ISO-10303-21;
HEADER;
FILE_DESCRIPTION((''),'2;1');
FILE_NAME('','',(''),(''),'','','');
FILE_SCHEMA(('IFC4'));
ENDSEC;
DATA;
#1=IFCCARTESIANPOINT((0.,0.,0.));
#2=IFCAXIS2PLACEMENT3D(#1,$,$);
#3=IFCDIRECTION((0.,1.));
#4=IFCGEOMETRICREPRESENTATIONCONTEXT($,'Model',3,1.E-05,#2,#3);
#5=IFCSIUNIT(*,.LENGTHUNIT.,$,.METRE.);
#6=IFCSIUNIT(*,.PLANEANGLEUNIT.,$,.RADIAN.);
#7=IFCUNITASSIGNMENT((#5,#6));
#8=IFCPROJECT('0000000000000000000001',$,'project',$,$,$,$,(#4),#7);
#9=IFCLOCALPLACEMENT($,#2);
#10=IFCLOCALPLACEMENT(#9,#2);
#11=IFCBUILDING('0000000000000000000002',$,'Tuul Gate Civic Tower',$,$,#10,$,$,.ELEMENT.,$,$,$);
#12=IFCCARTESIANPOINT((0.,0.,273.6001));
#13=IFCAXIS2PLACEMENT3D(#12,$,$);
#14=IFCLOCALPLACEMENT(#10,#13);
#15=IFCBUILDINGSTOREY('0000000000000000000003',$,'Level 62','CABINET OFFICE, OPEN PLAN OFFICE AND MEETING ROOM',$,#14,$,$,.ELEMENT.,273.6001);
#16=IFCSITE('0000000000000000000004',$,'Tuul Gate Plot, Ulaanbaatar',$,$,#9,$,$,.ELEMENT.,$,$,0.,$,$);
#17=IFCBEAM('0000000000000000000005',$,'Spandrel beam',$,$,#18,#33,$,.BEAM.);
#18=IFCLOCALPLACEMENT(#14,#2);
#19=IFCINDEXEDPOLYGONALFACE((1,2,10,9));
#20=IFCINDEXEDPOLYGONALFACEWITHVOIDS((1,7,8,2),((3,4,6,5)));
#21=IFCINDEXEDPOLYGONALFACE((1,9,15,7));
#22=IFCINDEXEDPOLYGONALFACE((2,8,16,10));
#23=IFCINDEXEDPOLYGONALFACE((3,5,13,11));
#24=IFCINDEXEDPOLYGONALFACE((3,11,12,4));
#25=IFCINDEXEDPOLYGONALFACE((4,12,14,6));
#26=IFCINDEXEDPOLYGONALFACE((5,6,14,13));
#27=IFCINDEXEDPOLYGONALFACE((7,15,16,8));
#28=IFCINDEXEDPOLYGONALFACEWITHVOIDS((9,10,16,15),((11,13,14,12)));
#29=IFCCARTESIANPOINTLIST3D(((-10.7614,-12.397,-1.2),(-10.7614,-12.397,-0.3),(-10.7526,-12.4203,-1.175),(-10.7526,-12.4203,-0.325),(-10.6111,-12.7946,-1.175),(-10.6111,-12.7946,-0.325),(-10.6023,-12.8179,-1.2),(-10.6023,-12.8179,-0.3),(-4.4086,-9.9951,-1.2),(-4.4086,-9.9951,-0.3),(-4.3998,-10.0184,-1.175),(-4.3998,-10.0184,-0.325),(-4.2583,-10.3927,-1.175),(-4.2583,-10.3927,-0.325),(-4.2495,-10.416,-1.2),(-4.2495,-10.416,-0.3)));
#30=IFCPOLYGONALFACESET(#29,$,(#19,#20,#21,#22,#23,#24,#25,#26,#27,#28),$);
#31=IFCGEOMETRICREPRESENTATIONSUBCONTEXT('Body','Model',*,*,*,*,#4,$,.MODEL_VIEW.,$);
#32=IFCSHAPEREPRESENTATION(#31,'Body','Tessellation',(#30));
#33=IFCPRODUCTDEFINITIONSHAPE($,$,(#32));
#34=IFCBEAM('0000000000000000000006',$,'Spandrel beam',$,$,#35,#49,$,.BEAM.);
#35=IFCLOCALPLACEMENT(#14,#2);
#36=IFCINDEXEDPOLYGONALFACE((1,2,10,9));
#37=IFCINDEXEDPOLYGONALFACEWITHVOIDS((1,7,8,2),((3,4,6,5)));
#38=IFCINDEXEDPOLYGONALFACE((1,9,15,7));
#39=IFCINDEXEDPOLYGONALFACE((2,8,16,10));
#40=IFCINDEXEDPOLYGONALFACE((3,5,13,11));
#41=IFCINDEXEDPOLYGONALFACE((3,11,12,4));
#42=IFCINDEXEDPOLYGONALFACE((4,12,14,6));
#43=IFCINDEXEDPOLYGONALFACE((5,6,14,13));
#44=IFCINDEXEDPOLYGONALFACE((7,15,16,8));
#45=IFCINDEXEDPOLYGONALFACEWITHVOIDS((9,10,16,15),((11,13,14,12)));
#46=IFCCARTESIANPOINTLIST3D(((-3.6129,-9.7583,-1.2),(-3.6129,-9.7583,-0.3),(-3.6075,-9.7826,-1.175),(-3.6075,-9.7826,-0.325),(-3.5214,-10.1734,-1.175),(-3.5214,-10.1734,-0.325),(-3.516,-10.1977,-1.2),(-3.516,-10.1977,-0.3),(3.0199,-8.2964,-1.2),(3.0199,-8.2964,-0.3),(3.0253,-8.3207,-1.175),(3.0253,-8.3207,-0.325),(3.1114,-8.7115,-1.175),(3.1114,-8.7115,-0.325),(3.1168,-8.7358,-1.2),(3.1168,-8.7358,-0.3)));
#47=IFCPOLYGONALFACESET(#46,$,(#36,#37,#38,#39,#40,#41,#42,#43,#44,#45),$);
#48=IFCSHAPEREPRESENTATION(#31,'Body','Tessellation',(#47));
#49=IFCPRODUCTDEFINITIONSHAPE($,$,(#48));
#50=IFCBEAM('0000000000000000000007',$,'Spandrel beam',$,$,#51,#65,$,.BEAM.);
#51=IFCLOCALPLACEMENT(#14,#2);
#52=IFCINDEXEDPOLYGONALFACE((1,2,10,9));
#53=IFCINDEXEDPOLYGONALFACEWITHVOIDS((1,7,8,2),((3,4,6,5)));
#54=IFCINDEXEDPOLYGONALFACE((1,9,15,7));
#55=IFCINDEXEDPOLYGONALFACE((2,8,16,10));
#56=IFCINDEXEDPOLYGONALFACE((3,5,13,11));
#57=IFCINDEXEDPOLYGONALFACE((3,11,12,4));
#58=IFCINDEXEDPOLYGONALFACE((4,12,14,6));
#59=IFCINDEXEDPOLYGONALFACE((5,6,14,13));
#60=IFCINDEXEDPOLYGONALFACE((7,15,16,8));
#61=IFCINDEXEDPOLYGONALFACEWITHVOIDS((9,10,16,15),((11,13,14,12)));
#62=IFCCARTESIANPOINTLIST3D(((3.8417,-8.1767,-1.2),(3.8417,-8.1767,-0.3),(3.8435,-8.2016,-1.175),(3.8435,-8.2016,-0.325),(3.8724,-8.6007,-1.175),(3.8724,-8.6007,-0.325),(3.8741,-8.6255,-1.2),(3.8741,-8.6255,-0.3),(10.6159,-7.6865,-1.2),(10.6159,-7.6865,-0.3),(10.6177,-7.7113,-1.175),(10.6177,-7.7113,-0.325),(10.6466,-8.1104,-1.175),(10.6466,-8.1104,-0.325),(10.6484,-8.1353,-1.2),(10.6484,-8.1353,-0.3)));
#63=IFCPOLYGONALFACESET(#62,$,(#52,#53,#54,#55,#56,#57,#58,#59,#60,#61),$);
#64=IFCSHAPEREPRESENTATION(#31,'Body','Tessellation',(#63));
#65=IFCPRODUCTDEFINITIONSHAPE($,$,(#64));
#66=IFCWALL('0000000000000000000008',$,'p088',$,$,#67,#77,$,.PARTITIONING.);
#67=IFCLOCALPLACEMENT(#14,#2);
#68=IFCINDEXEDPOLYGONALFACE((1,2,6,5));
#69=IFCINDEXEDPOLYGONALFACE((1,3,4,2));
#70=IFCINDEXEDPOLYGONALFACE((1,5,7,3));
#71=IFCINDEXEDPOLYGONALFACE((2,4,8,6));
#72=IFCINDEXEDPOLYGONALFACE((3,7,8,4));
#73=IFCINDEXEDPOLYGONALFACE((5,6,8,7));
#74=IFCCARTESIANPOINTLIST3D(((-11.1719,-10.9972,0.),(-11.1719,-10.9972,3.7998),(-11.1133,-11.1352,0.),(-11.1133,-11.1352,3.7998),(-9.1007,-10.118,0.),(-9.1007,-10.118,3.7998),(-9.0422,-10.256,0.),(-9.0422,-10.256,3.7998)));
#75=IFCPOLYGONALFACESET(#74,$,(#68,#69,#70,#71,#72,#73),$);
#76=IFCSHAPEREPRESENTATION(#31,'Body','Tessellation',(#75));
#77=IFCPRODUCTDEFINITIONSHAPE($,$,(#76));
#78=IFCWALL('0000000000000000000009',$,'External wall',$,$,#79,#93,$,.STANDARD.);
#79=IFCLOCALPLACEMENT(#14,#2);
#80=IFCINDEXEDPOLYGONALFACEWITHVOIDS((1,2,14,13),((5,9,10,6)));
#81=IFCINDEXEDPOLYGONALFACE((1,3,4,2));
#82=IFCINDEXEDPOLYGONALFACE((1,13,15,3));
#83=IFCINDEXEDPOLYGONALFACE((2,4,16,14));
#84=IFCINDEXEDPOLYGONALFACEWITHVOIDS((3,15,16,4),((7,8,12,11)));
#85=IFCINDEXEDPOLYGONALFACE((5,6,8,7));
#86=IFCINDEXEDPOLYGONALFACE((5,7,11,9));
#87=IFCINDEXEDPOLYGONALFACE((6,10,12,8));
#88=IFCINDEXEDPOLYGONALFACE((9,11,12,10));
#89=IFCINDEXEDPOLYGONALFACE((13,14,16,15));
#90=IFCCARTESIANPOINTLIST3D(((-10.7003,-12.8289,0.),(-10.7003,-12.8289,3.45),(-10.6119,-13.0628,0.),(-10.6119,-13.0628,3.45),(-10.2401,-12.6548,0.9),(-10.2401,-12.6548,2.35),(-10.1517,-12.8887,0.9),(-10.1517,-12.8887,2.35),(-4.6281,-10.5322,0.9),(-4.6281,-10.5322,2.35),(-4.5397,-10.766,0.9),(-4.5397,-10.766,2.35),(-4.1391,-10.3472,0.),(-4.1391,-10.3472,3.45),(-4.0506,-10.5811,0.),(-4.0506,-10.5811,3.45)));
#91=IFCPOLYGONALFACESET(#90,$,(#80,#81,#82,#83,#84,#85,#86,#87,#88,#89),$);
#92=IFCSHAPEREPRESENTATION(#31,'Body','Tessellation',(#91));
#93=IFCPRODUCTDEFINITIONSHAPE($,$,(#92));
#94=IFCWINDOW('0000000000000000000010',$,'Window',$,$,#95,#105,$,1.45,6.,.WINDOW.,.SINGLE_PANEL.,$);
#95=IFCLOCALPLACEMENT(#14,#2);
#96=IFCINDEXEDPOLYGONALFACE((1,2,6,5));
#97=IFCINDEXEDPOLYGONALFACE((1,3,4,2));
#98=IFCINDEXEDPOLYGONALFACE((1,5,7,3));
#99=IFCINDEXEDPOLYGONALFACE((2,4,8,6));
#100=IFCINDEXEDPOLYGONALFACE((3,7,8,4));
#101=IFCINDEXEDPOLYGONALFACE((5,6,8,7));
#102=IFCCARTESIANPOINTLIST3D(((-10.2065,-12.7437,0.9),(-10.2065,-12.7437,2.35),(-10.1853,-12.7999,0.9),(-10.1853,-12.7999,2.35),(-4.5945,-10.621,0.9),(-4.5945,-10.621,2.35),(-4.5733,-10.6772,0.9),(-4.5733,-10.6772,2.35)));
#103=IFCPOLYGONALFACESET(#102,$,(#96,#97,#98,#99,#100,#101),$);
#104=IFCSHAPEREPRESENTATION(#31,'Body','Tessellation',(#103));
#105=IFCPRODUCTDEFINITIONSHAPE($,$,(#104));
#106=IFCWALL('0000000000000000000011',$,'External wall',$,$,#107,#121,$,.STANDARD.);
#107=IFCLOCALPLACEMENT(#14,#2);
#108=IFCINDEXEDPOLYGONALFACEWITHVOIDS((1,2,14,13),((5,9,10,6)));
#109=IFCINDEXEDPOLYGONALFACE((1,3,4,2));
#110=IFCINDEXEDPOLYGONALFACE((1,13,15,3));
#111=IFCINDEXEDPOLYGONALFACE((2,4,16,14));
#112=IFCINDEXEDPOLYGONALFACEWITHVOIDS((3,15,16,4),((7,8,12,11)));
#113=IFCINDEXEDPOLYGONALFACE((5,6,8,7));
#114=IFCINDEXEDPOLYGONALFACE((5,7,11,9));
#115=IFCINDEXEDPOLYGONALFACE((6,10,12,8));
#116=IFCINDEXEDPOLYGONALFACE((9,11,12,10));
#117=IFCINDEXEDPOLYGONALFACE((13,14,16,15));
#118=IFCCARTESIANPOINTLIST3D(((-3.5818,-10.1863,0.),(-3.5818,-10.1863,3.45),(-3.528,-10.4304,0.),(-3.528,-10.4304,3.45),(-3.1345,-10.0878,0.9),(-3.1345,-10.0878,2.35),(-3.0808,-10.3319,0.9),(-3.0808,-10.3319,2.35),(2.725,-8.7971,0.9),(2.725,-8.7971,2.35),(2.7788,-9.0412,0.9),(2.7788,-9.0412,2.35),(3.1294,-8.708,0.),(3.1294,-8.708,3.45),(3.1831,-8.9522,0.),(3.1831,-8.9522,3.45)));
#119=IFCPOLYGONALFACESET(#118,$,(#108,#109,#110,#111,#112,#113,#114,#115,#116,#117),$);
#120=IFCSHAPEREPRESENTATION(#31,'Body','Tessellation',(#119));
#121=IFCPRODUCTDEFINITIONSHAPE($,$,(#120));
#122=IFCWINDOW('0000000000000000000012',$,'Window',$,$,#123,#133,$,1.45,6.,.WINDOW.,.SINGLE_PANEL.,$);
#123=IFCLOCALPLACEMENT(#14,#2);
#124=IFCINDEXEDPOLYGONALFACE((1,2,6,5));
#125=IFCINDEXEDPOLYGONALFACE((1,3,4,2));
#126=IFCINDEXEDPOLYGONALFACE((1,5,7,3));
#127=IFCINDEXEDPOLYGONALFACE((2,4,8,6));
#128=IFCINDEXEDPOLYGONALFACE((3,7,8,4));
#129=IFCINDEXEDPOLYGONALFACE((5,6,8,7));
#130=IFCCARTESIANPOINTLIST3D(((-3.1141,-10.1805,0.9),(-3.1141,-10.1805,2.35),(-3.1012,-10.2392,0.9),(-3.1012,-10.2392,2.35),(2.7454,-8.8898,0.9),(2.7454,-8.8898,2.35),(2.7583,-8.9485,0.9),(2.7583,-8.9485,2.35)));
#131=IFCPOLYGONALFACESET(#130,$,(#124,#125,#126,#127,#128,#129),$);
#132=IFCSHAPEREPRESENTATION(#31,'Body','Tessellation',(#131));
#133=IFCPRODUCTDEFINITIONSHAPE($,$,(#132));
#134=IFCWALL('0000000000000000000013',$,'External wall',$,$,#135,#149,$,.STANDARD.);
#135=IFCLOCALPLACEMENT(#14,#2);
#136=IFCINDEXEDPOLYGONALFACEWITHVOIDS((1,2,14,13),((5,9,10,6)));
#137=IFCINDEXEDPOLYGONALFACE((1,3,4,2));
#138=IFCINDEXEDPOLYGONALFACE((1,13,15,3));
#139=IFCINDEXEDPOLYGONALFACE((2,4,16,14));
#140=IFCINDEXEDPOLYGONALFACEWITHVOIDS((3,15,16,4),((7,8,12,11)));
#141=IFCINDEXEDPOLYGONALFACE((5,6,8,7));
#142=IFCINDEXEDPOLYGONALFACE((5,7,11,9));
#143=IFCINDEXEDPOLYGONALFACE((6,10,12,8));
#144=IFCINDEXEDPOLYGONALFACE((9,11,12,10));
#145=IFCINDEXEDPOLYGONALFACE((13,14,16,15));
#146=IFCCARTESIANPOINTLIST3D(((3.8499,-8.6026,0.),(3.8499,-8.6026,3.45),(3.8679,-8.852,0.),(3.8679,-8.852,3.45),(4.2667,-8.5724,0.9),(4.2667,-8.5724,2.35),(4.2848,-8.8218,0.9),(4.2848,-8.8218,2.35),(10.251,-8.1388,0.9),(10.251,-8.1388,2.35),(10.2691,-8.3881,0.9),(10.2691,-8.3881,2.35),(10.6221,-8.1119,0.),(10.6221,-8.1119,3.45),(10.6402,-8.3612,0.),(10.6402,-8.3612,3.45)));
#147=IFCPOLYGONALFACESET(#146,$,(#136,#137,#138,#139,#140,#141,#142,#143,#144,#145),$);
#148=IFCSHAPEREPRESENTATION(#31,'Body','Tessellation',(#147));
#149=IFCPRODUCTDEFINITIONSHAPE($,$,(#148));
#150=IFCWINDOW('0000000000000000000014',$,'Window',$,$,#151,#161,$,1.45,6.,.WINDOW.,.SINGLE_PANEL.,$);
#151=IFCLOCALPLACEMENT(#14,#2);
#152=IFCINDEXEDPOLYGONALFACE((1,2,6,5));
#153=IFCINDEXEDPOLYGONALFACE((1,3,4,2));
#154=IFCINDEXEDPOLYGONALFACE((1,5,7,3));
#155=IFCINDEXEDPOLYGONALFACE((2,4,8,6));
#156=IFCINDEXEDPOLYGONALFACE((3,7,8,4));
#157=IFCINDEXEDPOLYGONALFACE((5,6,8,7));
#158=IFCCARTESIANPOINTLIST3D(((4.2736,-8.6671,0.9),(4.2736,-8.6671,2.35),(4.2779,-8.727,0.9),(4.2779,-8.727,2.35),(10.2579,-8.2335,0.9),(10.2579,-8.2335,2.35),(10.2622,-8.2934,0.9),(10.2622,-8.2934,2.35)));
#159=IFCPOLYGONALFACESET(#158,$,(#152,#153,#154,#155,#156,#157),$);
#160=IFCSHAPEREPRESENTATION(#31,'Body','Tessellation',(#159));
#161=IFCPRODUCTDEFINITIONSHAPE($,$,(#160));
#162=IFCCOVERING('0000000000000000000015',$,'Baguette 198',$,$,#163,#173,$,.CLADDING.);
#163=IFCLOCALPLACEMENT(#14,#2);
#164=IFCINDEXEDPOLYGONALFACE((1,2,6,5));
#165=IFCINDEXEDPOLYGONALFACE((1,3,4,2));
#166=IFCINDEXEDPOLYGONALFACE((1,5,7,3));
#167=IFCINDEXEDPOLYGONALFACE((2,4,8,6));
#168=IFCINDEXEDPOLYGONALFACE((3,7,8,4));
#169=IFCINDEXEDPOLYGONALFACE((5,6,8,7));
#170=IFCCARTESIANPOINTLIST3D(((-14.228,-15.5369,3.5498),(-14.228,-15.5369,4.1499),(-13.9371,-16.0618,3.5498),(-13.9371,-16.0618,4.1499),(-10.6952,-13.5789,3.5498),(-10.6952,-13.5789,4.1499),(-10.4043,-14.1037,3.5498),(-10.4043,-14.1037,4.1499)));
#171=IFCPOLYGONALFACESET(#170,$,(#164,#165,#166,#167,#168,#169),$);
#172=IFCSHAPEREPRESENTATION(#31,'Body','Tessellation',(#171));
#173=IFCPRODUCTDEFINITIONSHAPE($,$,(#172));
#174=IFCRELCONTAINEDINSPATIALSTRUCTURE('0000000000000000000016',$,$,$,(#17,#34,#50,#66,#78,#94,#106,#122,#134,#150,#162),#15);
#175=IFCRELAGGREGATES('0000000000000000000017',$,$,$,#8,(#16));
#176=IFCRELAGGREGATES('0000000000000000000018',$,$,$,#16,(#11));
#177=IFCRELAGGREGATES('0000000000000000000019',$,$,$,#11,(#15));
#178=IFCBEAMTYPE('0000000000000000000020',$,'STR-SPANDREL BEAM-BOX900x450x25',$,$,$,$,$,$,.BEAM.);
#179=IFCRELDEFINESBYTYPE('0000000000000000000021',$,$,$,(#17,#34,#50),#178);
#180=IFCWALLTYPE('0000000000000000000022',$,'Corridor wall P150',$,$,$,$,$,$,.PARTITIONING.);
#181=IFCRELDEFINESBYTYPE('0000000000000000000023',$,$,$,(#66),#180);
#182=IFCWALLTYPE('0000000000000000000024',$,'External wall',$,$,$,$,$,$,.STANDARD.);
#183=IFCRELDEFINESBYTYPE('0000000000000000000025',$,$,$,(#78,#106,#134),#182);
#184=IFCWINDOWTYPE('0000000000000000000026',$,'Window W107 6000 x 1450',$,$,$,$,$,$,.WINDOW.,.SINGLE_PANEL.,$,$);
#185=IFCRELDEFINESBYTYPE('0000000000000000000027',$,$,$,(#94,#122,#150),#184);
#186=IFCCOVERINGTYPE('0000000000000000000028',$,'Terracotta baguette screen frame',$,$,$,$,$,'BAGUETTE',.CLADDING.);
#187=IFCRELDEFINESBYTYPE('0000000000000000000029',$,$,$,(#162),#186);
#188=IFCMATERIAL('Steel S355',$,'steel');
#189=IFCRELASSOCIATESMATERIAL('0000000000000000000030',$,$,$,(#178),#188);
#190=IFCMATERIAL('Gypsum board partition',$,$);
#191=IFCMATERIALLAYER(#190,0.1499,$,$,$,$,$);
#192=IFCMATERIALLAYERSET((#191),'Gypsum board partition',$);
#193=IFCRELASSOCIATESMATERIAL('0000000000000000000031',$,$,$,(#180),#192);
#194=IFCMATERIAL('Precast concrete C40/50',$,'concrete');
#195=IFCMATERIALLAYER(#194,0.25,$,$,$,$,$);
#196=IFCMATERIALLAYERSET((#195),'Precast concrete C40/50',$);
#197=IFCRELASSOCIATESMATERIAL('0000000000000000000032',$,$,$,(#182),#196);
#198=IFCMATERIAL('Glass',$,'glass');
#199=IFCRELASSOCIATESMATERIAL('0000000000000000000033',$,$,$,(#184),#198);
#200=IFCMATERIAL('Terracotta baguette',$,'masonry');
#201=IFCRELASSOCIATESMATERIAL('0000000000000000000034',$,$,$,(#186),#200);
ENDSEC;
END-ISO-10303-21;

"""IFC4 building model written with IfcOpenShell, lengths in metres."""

from ifc_helpers import new_model, si_unit, direction, frame, frame_2d, origin, origin_2d, place, context, subcontext, project, spatial, rectangle, hollow_rectangle, extrude, material, layer, layer_set, material_profile, profile_set, type_object, element, fill, save


model = new_model("IFC4")

# Units and contexts
model_context = context("Model", 3, precision=1e-05, world=origin(), true_north=direction((0.0, 1.0)))
body_context = subcontext(model_context, "Body", "Model", "MODEL_VIEW")
ifc_project = project(units=[si_unit("LENGTHUNIT", "METRE"), si_unit("PLANEANGLEUNIT", "RADIAN")], contexts=[model_context])

# Site, building, storey
site_placement = place(None, origin())
site = spatial("IfcSite", under=ifc_project, at=site_placement, Name="Tuul Gate Plot, Ulaanbaatar", CompositionType="ELEMENT", RefElevation=0.0)
building_placement = place(site_placement, origin())
building = spatial("IfcBuilding", under=site, at=building_placement, Name="Tuul Gate Civic Tower", CompositionType="ELEMENT")
storey_placement = place(building_placement, frame((0.0, 0.0, 273.6001)))
storey = spatial("IfcBuildingStorey", under=building, at=storey_placement, Name="Level 62", Description="CABINET OFFICE, OPEN PLAN OFFICE AND MEETING ROOM", CompositionType="ELEMENT", Elevation=273.6001)

# Beams
ifc_material_1 = material(Name="Steel S355", Category="steel")
ifc_material_profile_1 = material_profile(ifc_material_1, hollow_rectangle(XDim=0.45, YDim=0.8999, WallThickness=0.0249, at=origin_2d()), Name="BOX900x450x25")
ifc_profile_set_1 = profile_set([ifc_material_profile_1], Name="Steel S355")
beam_type_1 = type_object("IfcBeamType", Name="STR-SPANDREL BEAM-BOX900x450x25", PredefinedType="BEAM", material=ifc_profile_set_1)
beam_1_placement = place(storey_placement, frame((-10.6819, -12.6074, -0.75), z_axis=(0.935379, 0.353647, 0.0), x_axis=(-0.353647, 0.935379, 0.0)))
element("IfcBeam", 1, at=beam_1_placement, inside=storey, type_object=beam_type_1, Name="Spandrel beam", PredefinedType="BEAM", context=body_context, shape_type="SweptSolid", body=[
    extrude(hollow_rectangle(XDim=0.45, YDim=0.8999, WallThickness=0.0249, at=origin_2d()), origin(), (0.0, 0.0, 1.0), 6.7917),
])
for number, where, z_axis, x_axis, name in (
    (2, (-3.5645, -9.978, -0.75), (0.976561, 0.21524, 0.0), (-0.21524, 0.976561, 0.0), "Spandrel beam"),
    (3, (3.8579, -8.4011, -0.75), (0.997392, 0.072179, 0.0), (-0.072179, 0.997392, 0.0), "Spandrel beam"),
):
    element("IfcBeam", number, at=place(storey_placement, frame(where, z_axis=z_axis, x_axis=x_axis)), inside=storey, type_object=beam_type_1, Name=name, PredefinedType="BEAM", context=body_context, shape_type="SweptSolid", body=[
        extrude(hollow_rectangle(XDim=0.45, YDim=0.8999, WallThickness=0.0249, at=origin_2d()), origin(), (0.0, 0.0, 1.0), 6.792),
    ])

# Wall
ifc_material_2 = material(Name="Gypsum board partition")
ifc_layer_1 = layer(ifc_material_2, 0.1499)
ifc_layer_set_1 = layer_set([ifc_layer_1], Name="Gypsum board partition")
wall_type_1 = type_object("IfcWallType", Name="Corridor wall P150", PredefinedType="PARTITIONING", material=ifc_layer_set_1)
wall_1_placement = place(storey_placement, frame((-11.1426, -11.0662, 0.0), z_axis=(0.0, 0.0, 1.0), x_axis=(0.920498, 0.390748, 0.0)))
element("IfcWall", 4, at=wall_1_placement, inside=storey, type_object=wall_type_1, Name="p088", PredefinedType="PARTITIONING", context=body_context, shape_type="SweptSolid", body=[
    extrude(rectangle(XDim=2.25, YDim=0.1499, at=frame_2d((1.125, 0.0))), origin(), (0.0, 0.0, 1.0), 3.7998),
])

# Walls, openings, windows
ifc_material_3 = material(Name="Precast concrete C40/50", Category="concrete")
ifc_layer_2 = layer(ifc_material_3, 0.25)
ifc_layer_set_2 = layer_set([ifc_layer_2], Name="Precast concrete C40/50")
wall_type_2 = type_object("IfcWallType", Name="External wall", PredefinedType="STANDARD", material=ifc_layer_set_2)
wall_2_placement = place(storey_placement, frame((-10.656, -12.9458, 0.0), z_axis=(0.0, 0.0, 1.0), x_axis=(0.935331, 0.353773, 0.0)))
wall_2 = element("IfcWall", 5, at=wall_2_placement, inside=storey, type_object=wall_type_2, Name="External wall", PredefinedType="STANDARD", context=body_context, shape_type="SweptSolid", body=[
    extrude(rectangle(XDim=7.0149, YDim=0.25, at=frame_2d((3.5073, 0.0))), origin(), (0.0, 0.0, 1.0), 3.45),
])
opening_1_placement = place(wall_2_placement, frame((0.4919, 0.0, 0.8999)))
opening_1 = element("IfcOpeningElement", 6, at=opening_1_placement, cuts=wall_2, PredefinedType="OPENING", context=body_context, shape_type="SweptSolid", body=[
    extrude(rectangle(XDim=6.0, YDim=1.45, at=frame_2d((3.0, 0.7251))), frame((0.0, 0.135, 0.0), z_axis=(0.0, -1.0, 0.0), x_axis=(1.0, 0.0, 0.0)), (0.0, 0.0, 1.0), 0.27),
])
ifc_material_4 = material(Name="Glass", Category="glass")
window_type = type_object("IfcWindowType", Name="Window W107 6000 x 1450", PartitioningType="SINGLE_PANEL", PredefinedType="WINDOW", material=ifc_material_4)
window_1_placement = place(opening_1_placement, origin())
window_1 = element("IfcWindow", 7, at=window_1_placement, inside=storey, type_object=window_type, Name="Window", OverallHeight=1.45, OverallWidth=6.0, PartitioningType="SINGLE_PANEL", PredefinedType="WINDOW", context=body_context, shape_type="SweptSolid", body=[
    extrude(rectangle(XDim=6.0, YDim=1.45, at=frame_2d((3.0, 0.7251))), frame((0.0, 0.03, 0.0), z_axis=(0.0, -1.0, 0.0), x_axis=(1.0, 0.0, 0.0)), (0.0, 0.0, 1.0), 0.0601),
])
fill(opening_1, window_1)
wall_3_placement = place(storey_placement, frame((-3.5549, -10.3083, 0.0), z_axis=(0.0, 0.0, 1.0), x_axis=(0.976589, 0.215113, 0.0)))
wall_3 = element("IfcWall", 8, at=wall_3_placement, inside=storey, type_object=wall_type_2, Name="External wall", PredefinedType="STANDARD", context=body_context, shape_type="SweptSolid", body=[
    extrude(rectangle(XDim=6.8721, YDim=0.25, at=frame_2d((3.436, 0.0))), origin(), (0.0, 0.0, 1.0), 3.45),
])
opening_2_placement = place(wall_3_placement, frame((0.458, 0.0, 0.8999)))
opening_2 = element("IfcOpeningElement", 9, at=opening_2_placement, cuts=wall_3, PredefinedType="OPENING", context=body_context, shape_type="SweptSolid", body=[
    extrude(rectangle(XDim=6.0, YDim=1.45, at=frame_2d((3.0, 0.7251))), frame((0.0, 0.135, 0.0), z_axis=(0.0, -1.0, 0.0), x_axis=(1.0, 0.0, 0.0)), (0.0, 0.0, 1.0), 0.27),
])
window_2_placement = place(opening_2_placement, origin())
window_2 = element("IfcWindow", 10, at=window_2_placement, inside=storey, type_object=window_type, Name="Window", OverallHeight=1.45, OverallWidth=6.0, PartitioningType="SINGLE_PANEL", PredefinedType="WINDOW", context=body_context, shape_type="SweptSolid", body=[
    extrude(rectangle(XDim=6.0, YDim=1.45, at=frame_2d((3.0, 0.7251))), frame((0.0, 0.03, 0.0), z_axis=(0.0, -1.0, 0.0), x_axis=(1.0, 0.0, 0.0)), (0.0, 0.0, 1.0), 0.0601),
])
fill(opening_2, window_2)
wall_4_placement = place(storey_placement, frame((3.8589, -8.7273, 0.0), z_axis=(0.0, 0.0, 1.0), x_axis=(0.997385, 0.072272, 0.0)))
wall_4 = element("IfcWall", 11, at=wall_4_placement, inside=storey, type_object=wall_type_2, Name="External wall", PredefinedType="STANDARD", context=body_context, shape_type="SweptSolid", body=[
    extrude(rectangle(XDim=6.79, YDim=0.25, at=frame_2d((3.395, 0.0))), origin(), (0.0, 0.0, 1.0), 3.45),
])
opening_3_placement = place(wall_4_placement, frame((0.418, 0.0, 0.8999)))
opening_3 = element("IfcOpeningElement", 12, at=opening_3_placement, cuts=wall_4, PredefinedType="OPENING", context=body_context, shape_type="SweptSolid", body=[
    extrude(rectangle(XDim=6.0, YDim=1.45, at=frame_2d((3.0, 0.7251))), frame((0.0, 0.135, 0.0), z_axis=(0.0, -1.0, 0.0), x_axis=(1.0, 0.0, 0.0)), (0.0, 0.0, 1.0), 0.27),
])
window_3_placement = place(opening_3_placement, origin())
window_3 = element("IfcWindow", 13, at=window_3_placement, inside=storey, type_object=window_type, Name="Window", OverallHeight=1.45, OverallWidth=6.0, PartitioningType="SINGLE_PANEL", PredefinedType="WINDOW", context=body_context, shape_type="SweptSolid", body=[
    extrude(rectangle(XDim=6.0, YDim=1.45, at=frame_2d((3.0, 0.7251))), frame((0.0, 0.03, 0.0), z_axis=(0.0, -1.0, 0.0), x_axis=(1.0, 0.0, 0.0)), (0.0, 0.0, 1.0), 0.0601),
])
fill(opening_3, window_3)

# Covering
ifc_material_5 = material(Name="Terracotta baguette", Category="masonry")
ifc_material_profile_2 = material_profile(ifc_material_5, rectangle(XDim=0.6001, YDim=0.6001, at=origin_2d()), Name="Terracotta baguette screen frame")
ifc_profile_set_2 = profile_set([ifc_material_profile_2], Name="Terracotta baguette")
covering_type = type_object("IfcCoveringType", Name="Terracotta baguette screen frame", ElementType="BAGUETTE", PredefinedType="CLADDING", material=ifc_profile_set_2)
covering_1_placement = place(storey_placement, frame((-14.0825, -15.7993, 3.8499), z_axis=(0.874642, 0.48477, 0.0), x_axis=(-0.48477, 0.874642, 0.0)))
element("IfcCovering", 14, at=covering_1_placement, inside=storey, type_object=covering_type, Name="Baguette 198", PredefinedType="CLADDING", context=body_context, shape_type="SweptSolid", body=[
    extrude(rectangle(XDim=0.6001, YDim=0.6001, at=origin_2d()), origin(), (0.0, 0.0, 1.0), 4.0391),
])

save(model, "model.ifc")
